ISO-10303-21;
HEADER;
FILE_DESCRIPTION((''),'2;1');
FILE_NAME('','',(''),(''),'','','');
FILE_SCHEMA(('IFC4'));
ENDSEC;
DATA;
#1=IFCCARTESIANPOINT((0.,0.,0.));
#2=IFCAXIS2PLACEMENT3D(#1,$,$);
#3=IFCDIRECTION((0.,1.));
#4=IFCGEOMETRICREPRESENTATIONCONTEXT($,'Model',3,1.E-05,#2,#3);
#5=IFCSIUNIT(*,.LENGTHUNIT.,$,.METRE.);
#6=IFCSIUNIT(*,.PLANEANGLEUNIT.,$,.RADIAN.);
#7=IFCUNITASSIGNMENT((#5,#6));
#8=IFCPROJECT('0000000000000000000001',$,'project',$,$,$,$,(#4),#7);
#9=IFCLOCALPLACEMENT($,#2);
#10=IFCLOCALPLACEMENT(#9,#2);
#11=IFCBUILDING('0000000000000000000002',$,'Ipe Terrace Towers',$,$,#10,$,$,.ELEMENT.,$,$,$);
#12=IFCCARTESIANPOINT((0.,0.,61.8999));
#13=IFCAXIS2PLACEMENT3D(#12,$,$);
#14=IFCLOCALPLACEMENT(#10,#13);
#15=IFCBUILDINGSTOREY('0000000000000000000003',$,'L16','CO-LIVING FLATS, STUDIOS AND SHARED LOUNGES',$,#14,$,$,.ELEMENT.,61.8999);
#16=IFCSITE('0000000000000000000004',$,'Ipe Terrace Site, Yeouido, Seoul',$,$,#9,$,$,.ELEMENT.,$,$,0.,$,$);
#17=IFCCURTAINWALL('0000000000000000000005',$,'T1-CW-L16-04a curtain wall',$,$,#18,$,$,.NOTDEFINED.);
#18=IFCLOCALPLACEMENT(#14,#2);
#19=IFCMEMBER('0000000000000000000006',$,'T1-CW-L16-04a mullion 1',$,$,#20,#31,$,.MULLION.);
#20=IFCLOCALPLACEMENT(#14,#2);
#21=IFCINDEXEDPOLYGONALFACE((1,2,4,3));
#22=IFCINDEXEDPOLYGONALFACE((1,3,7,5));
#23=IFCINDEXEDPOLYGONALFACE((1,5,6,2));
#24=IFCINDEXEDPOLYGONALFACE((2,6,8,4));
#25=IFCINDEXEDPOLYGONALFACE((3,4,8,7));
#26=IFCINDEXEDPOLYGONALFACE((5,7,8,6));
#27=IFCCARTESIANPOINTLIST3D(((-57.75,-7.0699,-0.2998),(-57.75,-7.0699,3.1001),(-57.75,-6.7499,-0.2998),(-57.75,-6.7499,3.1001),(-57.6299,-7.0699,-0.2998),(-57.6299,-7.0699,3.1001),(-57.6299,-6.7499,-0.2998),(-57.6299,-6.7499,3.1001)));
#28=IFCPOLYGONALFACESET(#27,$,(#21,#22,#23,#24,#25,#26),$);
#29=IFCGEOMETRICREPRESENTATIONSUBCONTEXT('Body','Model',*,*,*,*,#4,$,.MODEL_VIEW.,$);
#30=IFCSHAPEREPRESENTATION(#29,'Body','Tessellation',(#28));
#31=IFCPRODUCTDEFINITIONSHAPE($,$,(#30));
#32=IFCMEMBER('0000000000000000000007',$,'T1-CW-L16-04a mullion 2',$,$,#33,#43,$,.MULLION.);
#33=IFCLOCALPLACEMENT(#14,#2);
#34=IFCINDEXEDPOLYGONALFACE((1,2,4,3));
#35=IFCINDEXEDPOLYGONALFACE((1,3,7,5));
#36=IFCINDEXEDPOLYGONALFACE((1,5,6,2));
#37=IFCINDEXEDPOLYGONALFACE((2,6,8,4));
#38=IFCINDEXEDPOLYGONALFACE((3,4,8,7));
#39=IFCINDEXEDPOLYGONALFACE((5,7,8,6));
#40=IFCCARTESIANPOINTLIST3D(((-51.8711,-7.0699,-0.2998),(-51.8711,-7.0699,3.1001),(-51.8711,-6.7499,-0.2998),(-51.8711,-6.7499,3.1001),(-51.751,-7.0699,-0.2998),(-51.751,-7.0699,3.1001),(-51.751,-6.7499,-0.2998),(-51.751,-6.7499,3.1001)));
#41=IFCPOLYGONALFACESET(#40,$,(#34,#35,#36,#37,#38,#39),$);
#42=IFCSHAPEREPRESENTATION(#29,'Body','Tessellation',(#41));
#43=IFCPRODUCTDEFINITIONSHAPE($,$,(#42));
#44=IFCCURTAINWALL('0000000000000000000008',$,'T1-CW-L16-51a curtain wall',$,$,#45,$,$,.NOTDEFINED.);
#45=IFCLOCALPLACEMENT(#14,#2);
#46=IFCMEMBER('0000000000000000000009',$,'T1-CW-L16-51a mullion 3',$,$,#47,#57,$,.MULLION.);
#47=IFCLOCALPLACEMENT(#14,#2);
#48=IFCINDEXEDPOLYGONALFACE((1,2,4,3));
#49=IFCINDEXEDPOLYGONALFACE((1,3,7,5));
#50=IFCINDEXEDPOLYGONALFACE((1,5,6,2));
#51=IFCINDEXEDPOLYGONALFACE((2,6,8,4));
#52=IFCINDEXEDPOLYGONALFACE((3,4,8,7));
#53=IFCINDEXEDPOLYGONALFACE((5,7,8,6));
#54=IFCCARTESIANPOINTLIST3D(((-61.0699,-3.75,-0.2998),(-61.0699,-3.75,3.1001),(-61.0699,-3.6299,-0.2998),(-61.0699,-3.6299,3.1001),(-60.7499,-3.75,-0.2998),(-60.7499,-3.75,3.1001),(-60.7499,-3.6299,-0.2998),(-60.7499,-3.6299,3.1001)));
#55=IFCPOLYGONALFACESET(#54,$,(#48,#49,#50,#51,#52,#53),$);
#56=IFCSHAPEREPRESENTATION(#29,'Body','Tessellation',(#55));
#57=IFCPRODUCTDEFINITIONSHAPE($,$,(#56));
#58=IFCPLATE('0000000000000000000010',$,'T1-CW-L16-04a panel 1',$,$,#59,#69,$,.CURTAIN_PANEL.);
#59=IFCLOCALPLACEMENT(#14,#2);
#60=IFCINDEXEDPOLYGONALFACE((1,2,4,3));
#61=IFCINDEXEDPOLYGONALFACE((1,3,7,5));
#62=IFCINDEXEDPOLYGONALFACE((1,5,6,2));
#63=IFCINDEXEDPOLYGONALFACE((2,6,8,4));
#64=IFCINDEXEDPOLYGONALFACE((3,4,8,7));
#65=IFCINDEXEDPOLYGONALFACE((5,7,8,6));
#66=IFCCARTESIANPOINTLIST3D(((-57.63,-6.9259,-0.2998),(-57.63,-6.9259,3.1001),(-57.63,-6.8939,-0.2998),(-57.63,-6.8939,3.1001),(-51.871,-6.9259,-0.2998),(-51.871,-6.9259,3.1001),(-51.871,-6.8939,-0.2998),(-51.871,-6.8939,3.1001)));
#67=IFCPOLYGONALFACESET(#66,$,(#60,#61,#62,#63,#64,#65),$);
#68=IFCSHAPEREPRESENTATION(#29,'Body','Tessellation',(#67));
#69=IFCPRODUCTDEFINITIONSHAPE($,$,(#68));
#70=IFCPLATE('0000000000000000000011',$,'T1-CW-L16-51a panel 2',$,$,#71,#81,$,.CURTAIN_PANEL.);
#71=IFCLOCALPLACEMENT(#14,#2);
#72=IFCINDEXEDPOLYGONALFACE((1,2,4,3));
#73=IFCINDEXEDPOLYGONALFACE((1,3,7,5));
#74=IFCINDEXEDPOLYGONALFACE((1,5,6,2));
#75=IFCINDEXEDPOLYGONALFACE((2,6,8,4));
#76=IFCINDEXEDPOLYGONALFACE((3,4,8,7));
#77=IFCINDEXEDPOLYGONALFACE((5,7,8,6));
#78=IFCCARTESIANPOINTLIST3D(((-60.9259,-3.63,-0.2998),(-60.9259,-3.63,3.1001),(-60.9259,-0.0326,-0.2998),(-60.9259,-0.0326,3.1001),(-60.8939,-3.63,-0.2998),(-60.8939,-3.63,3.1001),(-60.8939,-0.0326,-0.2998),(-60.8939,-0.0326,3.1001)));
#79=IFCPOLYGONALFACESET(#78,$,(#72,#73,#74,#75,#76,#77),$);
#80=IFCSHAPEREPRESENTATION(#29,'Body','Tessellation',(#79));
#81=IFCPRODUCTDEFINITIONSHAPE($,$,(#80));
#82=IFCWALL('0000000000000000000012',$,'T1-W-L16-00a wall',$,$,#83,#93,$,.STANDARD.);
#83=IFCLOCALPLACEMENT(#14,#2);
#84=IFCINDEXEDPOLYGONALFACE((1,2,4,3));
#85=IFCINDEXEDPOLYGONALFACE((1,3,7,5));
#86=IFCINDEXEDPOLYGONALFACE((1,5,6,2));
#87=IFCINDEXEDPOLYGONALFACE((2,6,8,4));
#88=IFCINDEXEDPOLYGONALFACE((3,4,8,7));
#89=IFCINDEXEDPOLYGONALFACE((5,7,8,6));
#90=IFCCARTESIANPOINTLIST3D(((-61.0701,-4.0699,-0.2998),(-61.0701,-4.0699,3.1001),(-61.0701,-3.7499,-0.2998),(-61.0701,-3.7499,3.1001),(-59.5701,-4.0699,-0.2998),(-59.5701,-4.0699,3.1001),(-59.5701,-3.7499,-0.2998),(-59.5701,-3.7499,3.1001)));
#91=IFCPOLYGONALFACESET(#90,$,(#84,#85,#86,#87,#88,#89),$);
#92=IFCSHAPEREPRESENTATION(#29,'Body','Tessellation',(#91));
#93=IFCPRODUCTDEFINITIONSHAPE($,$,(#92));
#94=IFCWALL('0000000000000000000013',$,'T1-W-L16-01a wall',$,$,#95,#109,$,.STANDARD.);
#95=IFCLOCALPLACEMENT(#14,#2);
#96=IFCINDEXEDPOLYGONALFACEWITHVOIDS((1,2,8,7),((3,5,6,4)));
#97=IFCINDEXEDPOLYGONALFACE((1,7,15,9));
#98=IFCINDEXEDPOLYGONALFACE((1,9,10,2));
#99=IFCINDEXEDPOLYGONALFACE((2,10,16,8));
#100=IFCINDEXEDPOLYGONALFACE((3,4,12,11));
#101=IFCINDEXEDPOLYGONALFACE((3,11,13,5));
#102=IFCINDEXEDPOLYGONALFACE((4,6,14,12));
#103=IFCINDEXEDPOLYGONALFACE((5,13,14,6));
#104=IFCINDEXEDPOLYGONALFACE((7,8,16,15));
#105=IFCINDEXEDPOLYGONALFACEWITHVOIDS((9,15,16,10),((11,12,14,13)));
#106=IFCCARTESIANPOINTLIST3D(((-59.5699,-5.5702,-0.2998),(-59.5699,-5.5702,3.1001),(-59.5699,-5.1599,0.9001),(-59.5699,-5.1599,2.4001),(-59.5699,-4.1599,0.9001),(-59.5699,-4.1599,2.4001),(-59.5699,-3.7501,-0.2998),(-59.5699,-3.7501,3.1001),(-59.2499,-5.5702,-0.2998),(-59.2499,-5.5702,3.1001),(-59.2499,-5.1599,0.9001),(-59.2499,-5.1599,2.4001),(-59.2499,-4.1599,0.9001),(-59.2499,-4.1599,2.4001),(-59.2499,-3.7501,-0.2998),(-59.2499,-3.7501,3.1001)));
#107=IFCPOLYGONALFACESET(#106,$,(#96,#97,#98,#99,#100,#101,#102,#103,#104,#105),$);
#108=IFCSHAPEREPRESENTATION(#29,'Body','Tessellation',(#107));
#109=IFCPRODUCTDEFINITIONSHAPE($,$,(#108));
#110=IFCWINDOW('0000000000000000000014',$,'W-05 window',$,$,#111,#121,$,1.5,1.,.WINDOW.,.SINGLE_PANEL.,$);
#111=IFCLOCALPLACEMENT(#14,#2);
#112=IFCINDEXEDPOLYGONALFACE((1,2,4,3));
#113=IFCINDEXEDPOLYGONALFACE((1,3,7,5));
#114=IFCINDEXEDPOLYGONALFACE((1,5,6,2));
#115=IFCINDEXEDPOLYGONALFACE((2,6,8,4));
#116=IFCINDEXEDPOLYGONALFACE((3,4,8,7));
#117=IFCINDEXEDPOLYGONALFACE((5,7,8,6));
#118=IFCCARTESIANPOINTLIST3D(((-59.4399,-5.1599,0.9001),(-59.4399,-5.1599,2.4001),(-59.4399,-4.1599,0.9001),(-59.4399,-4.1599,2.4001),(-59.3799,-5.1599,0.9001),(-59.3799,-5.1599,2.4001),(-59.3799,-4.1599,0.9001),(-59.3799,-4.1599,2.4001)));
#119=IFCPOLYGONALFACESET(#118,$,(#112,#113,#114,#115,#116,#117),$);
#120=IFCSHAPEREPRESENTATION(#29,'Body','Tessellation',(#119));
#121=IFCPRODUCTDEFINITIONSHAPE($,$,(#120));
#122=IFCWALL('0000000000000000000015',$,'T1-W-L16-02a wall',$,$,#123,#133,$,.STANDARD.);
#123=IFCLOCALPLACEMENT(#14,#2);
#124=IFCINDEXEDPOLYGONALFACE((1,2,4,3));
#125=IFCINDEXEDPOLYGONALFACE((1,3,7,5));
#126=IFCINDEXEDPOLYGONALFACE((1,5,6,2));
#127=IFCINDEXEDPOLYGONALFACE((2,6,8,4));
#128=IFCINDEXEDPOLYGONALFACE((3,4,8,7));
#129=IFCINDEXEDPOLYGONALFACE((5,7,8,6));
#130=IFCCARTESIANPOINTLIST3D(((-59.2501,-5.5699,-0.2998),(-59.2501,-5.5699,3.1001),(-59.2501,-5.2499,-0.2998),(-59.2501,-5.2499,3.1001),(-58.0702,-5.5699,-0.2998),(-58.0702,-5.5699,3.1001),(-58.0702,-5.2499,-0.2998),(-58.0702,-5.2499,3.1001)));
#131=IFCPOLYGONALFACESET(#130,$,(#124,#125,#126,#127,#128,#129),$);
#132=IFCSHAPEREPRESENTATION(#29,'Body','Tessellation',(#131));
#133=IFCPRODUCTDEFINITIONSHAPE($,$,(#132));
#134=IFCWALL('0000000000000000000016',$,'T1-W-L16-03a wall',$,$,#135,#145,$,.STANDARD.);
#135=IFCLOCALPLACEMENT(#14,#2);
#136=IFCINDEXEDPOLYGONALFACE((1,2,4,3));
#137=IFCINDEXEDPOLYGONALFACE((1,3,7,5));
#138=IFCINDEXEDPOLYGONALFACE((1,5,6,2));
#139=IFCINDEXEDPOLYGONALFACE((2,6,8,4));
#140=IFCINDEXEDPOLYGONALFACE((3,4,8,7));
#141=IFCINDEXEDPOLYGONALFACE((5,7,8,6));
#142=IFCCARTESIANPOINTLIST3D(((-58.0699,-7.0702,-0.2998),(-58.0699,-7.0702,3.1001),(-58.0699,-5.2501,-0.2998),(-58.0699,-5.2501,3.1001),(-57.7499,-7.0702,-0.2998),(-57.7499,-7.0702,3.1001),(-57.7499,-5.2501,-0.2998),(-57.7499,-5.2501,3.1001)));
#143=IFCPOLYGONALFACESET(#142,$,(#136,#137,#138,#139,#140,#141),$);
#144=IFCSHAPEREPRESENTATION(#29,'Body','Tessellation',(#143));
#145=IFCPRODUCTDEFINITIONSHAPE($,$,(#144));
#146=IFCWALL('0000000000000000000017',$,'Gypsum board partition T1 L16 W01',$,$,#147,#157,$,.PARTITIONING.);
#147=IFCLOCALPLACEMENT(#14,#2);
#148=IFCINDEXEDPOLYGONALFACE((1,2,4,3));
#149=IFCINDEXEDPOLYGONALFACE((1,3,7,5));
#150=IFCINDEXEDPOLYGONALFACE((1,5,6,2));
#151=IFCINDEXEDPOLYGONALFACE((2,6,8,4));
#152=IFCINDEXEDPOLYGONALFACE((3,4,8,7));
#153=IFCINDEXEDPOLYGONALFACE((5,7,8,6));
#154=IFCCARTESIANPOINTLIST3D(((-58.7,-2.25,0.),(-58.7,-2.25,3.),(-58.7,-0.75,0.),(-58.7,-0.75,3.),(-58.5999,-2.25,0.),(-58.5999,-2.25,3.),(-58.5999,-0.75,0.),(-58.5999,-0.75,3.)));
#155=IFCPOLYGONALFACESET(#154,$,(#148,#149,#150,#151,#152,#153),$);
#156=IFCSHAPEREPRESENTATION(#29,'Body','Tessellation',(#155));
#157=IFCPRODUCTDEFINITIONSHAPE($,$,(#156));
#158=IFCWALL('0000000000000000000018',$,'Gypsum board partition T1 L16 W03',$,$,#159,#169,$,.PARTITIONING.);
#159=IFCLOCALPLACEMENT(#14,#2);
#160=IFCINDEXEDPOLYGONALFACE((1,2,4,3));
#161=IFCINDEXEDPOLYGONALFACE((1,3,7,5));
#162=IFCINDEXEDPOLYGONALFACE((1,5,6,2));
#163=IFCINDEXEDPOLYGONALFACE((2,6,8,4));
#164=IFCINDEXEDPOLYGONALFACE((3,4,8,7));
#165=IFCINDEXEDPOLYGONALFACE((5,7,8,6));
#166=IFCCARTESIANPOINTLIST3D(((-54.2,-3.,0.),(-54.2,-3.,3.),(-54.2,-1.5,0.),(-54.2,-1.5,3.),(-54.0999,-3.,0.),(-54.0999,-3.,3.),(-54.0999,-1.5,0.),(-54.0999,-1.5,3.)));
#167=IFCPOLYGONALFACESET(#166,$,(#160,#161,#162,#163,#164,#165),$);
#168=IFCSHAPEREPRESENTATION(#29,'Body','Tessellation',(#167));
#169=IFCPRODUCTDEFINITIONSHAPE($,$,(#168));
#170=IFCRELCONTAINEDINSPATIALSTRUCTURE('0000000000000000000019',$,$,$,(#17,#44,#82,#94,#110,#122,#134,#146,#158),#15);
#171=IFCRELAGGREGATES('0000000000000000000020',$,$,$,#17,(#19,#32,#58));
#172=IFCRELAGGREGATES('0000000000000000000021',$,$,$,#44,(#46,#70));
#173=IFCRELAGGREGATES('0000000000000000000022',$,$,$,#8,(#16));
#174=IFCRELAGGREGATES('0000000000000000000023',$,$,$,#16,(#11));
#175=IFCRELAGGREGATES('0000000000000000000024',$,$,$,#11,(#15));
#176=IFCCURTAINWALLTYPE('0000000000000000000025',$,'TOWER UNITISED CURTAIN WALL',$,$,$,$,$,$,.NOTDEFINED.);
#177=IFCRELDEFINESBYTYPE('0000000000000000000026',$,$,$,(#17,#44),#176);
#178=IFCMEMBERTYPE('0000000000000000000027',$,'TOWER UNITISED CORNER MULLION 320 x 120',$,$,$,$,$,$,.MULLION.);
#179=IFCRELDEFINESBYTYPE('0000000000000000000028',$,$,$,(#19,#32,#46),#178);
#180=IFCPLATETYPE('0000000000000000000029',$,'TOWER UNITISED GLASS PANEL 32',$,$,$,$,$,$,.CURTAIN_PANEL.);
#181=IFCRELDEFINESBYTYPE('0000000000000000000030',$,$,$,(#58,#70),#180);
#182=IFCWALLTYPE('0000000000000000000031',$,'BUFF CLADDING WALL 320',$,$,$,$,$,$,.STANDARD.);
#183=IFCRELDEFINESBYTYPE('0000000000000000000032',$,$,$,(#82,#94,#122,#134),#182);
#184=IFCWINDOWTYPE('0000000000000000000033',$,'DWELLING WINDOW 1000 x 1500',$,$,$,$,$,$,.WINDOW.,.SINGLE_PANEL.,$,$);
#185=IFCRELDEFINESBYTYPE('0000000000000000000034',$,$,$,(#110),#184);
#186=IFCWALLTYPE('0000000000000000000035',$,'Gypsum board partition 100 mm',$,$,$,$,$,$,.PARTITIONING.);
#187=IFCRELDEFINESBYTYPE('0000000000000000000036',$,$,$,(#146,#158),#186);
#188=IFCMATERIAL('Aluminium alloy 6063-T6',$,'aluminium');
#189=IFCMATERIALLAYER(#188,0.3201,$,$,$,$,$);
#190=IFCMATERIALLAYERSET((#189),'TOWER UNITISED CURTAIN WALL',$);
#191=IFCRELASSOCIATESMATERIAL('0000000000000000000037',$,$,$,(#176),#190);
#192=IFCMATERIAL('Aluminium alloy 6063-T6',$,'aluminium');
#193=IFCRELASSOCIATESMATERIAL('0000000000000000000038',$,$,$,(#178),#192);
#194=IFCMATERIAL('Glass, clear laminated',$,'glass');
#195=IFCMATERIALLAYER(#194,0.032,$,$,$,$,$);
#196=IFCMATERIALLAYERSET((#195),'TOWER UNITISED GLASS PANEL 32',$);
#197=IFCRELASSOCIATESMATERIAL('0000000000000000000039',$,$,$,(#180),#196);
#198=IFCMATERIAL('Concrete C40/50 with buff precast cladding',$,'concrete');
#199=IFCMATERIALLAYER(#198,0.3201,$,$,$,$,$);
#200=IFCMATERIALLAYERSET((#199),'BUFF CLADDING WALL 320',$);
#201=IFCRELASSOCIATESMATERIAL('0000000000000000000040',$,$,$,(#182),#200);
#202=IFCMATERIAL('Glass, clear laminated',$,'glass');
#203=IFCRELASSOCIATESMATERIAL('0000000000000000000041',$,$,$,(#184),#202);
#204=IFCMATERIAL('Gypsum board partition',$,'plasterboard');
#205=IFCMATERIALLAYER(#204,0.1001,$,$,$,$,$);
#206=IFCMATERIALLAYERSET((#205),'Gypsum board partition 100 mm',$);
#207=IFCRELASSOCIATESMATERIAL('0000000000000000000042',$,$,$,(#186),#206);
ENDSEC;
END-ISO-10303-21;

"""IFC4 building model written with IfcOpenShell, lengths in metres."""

from ifc_helpers import new_model, si_unit, direction, frame, frame_2d, origin, origin_2d, place, context, subcontext, project, spatial, rectangle, extrude, material, layer, layer_set, material_profile, profile_set, type_object, element, fill, aggregate, save


model = new_model("IFC4")

# Units and contexts
model_context = context("Model", 3, precision=1e-05, world=origin(), true_north=direction((0.0, 1.0)))
body_context = subcontext(model_context, "Body", "Model", "MODEL_VIEW")
ifc_project = project(units=[si_unit("LENGTHUNIT", "METRE"), si_unit("PLANEANGLEUNIT", "RADIAN")], contexts=[model_context])

# Site, building, storey
site_placement = place(None, origin())
site = spatial("IfcSite", under=ifc_project, at=site_placement, Name="Ipe Terrace Site, Yeouido, Seoul", CompositionType="ELEMENT", RefElevation=0.0)
building_placement = place(site_placement, origin())
building = spatial("IfcBuilding", under=site, at=building_placement, Name="Ipe Terrace Towers", CompositionType="ELEMENT")
storey_placement = place(building_placement, frame((0.0, 0.0, 61.8999)))
storey = spatial("IfcBuildingStorey", under=building, at=storey_placement, Name="L16", Description="CO-LIVING FLATS, STUDIOS AND SHARED LOUNGES", CompositionType="ELEMENT", Elevation=61.8999)

# Curtain wall, members
ifc_material_1 = material(Name="Aluminium alloy 6063-T6", Category="aluminium")
ifc_layer_1 = layer(ifc_material_1, 0.3201)
ifc_layer_set_1 = layer_set([ifc_layer_1], Name="TOWER UNITISED CURTAIN WALL")
curtain_wall_type = type_object("IfcCurtainWallType", Name="TOWER UNITISED CURTAIN WALL", PredefinedType="NOTDEFINED", material=ifc_layer_set_1)
curtain_wall_1_placement = place(storey_placement, origin())
curtain_wall_1 = element("IfcCurtainWall", 1, at=curtain_wall_1_placement, inside=storey, type_object=curtain_wall_type, Name="T1-CW-L16-04a curtain wall", PredefinedType="NOTDEFINED")
ifc_material_2 = material(Name="Aluminium alloy 6063-T6", Category="aluminium")
ifc_material_profile_1 = material_profile(ifc_material_2, rectangle(XDim=0.3201, YDim=0.1201, at=origin_2d()), Name="TOWER UNITISED CORNER MULLION 320 x 120")
ifc_profile_set_1 = profile_set([ifc_material_profile_1], Name="Aluminium alloy 6063-T6")
member_type = type_object("IfcMemberType", Name="TOWER UNITISED CORNER MULLION 320 x 120", PredefinedType="MULLION", material=ifc_profile_set_1)
member_1_placement = place(storey_placement, frame((-57.6899, -6.9099, -0.2998), z_axis=(0.0, 0.0, 1.0), x_axis=(0.0, -1.0, 0.0)))
member_1 = element("IfcMember", 2, at=member_1_placement, type_object=member_type, Name="T1-CW-L16-04a mullion 1", PredefinedType="MULLION", context=body_context, shape_type="SweptSolid", body=[
    extrude(rectangle(XDim=0.3201, YDim=0.1201, at=origin_2d()), origin(), (0.0, 0.0, 1.0), 3.3999),
])
member_2_placement = place(storey_placement, frame((-51.811, -6.9099, -0.2998), z_axis=(0.0, 0.0, 1.0), x_axis=(0.0, -1.0, 0.0)))
member_2 = element("IfcMember", 3, at=member_2_placement, type_object=member_type, Name="T1-CW-L16-04a mullion 2", PredefinedType="MULLION", context=body_context, shape_type="SweptSolid", body=[
    extrude(rectangle(XDim=0.3201, YDim=0.1201, at=origin_2d()), origin(), (0.0, 0.0, 1.0), 3.3999),
])

# Curtain wall, member
curtain_wall_2_placement = place(storey_placement, origin())
curtain_wall_2 = element("IfcCurtainWall", 4, at=curtain_wall_2_placement, inside=storey, type_object=curtain_wall_type, Name="T1-CW-L16-51a curtain wall", PredefinedType="NOTDEFINED")
member_3_placement = place(storey_placement, frame((-60.9099, -3.6899, -0.2998), z_axis=(0.0, 0.0, 1.0), x_axis=(-1.0, 0.0, 0.0)))
member_3 = element("IfcMember", 5, at=member_3_placement, type_object=member_type, Name="T1-CW-L16-51a mullion 3", PredefinedType="MULLION", context=body_context, shape_type="SweptSolid", body=[
    extrude(rectangle(XDim=0.3201, YDim=0.1201, at=origin_2d()), origin(), (0.0, 0.0, 1.0), 3.3999),
])

# Plates
ifc_material_3 = material(Name="Glass, clear laminated", Category="glass")
ifc_layer_2 = layer(ifc_material_3, 0.032)
ifc_layer_set_2 = layer_set([ifc_layer_2], Name="TOWER UNITISED GLASS PANEL 32")
plate_type = type_object("IfcPlateType", Name="TOWER UNITISED GLASS PANEL 32", PredefinedType="CURTAIN_PANEL", material=ifc_layer_set_2)
plate_1_placement = place(storey_placement, frame((-54.7505, -6.9099, -0.2998), z_axis=(0.0, 0.0, 1.0), x_axis=(1.0, 0.0, 0.0)))
plate_1 = element("IfcPlate", 6, at=plate_1_placement, type_object=plate_type, Name="T1-CW-L16-04a panel 1", PredefinedType="CURTAIN_PANEL", context=body_context, shape_type="SweptSolid", body=[
    extrude(rectangle(XDim=5.759, YDim=0.032, at=origin_2d()), origin(), (0.0, 0.0, 1.0), 3.3999),
])
aggregate(curtain_wall_1, [member_1, member_2, plate_1])
plate_2_placement = place(storey_placement, frame((-60.9099, -1.8313, -0.2998), z_axis=(0.0, 0.0, 1.0), x_axis=(0.0, -1.0, 0.0)))
plate_2 = element("IfcPlate", 7, at=plate_2_placement, type_object=plate_type, Name="T1-CW-L16-51a panel 2", PredefinedType="CURTAIN_PANEL", context=body_context, shape_type="SweptSolid", body=[
    extrude(rectangle(XDim=3.5974, YDim=0.032, at=origin_2d()), origin(), (0.0, 0.0, 1.0), 3.3999),
])
aggregate(curtain_wall_2, [member_3, plate_2])

# Wall
ifc_material_4 = material(Name="Concrete C40/50 with buff precast cladding", Category="concrete")
ifc_layer_3 = layer(ifc_material_4, 0.3201)
ifc_layer_set_3 = layer_set([ifc_layer_3], Name="BUFF CLADDING WALL 320")
wall_type_1 = type_object("IfcWallType", Name="BUFF CLADDING WALL 320", PredefinedType="STANDARD", material=ifc_layer_set_3)
wall_1_placement = place(storey_placement, frame((-61.0701, -3.9099, -0.2998), z_axis=(0.0, 0.0, 1.0), x_axis=(1.0, 0.0, 0.0)))
element("IfcWall", 8, at=wall_1_placement, inside=storey, type_object=wall_type_1, Name="T1-W-L16-00a wall", PredefinedType="STANDARD", context=body_context, shape_type="SweptSolid", body=[
    extrude(rectangle(XDim=1.5, YDim=0.3201, at=frame_2d((0.75, 0.0))), origin(), (0.0, 0.0, 1.0), 3.3999),
])

# Wall, opening, window
wall_2_placement = place(storey_placement, frame((-59.4099, -3.75, -0.2998), z_axis=(0.0, 0.0, 1.0), x_axis=(0.0, -1.0, 0.0)))
wall_2 = element("IfcWall", 9, at=wall_2_placement, inside=storey, type_object=wall_type_1, Name="T1-W-L16-01a wall", PredefinedType="STANDARD", context=body_context, shape_type="SweptSolid", body=[
    extrude(rectangle(XDim=1.8201, YDim=0.3201, at=frame_2d((0.9102, 0.0))), origin(), (0.0, 0.0, 1.0), 3.3999),
])
opening_1_placement = place(wall_2_placement, frame((0.4099, 0.0, 1.2)))
opening_1 = element("IfcOpeningElement", 10, at=opening_1_placement, cuts=wall_2, PredefinedType="OPENING", context=body_context, shape_type="SweptSolid", body=[
    extrude(rectangle(XDim=1.0, YDim=1.5, at=frame_2d((0.5, 0.75))), frame((0.0, 0.1699, 0.0), z_axis=(0.0, -1.0, 0.0), x_axis=(1.0, 0.0, 0.0)), (0.0, 0.0, 1.0), 0.3401),
])
ifc_material_5 = material(Name="Glass, clear laminated", Category="glass")
window_type = type_object("IfcWindowType", Name="DWELLING WINDOW 1000 x 1500", PartitioningType="SINGLE_PANEL", PredefinedType="WINDOW", material=ifc_material_5)
window_placement = place(opening_1_placement, origin())
window = element("IfcWindow", 11, at=window_placement, inside=storey, type_object=window_type, Name="W-05 window", OverallHeight=1.5, OverallWidth=1.0, PartitioningType="SINGLE_PANEL", PredefinedType="WINDOW", context=body_context, shape_type="SweptSolid", body=[
    extrude(rectangle(XDim=1.0, YDim=1.5, at=frame_2d((0.5, 0.75))), frame((0.0, 0.03, 0.0), z_axis=(0.0, -1.0, 0.0), x_axis=(1.0, 0.0, 0.0)), (0.0, 0.0, 1.0), 0.0601),
])
fill(opening_1, window)

# Walls
wall_3_placement = place(storey_placement, frame((-59.25, -5.4099, -0.2998), z_axis=(0.0, 0.0, 1.0), x_axis=(1.0, 0.0, 0.0)))
element("IfcWall", 12, at=wall_3_placement, inside=storey, type_object=wall_type_1, Name="T1-W-L16-02a wall", PredefinedType="STANDARD", context=body_context, shape_type="SweptSolid", body=[
    extrude(rectangle(XDim=1.1799, YDim=0.3201, at=frame_2d((0.5898, 0.0))), origin(), (0.0, 0.0, 1.0), 3.3999),
])
wall_4_placement = place(storey_placement, frame((-57.9099, -5.25, -0.2998), z_axis=(0.0, 0.0, 1.0), x_axis=(0.0, -1.0, 0.0)))
element("IfcWall", 13, at=wall_4_placement, inside=storey, type_object=wall_type_1, Name="T1-W-L16-03a wall", PredefinedType="STANDARD", context=body_context, shape_type="SweptSolid", body=[
    extrude(rectangle(XDim=1.8201, YDim=0.3201, at=frame_2d((0.9102, 0.0))), origin(), (0.0, 0.0, 1.0), 3.3999),
])
ifc_material_6 = material(Name="Gypsum board partition", Category="plasterboard")
ifc_layer_4 = layer(ifc_material_6, 0.1001)
ifc_layer_set_4 = layer_set([ifc_layer_4], Name="Gypsum board partition 100 mm")
wall_type_2 = type_object("IfcWallType", Name="Gypsum board partition 100 mm", PredefinedType="PARTITIONING", material=ifc_layer_set_4)
for number, where, z_axis, x_axis, name in (
    (14, (-58.6499, -2.25, 0.0), (0.0, 0.0, 1.0), (0.0, 1.0, 0.0), "Gypsum board partition T1 L16 W01"),
    (15, (-54.1499, -3.0, 0.0), (0.0, 0.0, 1.0), (0.0, 1.0, 0.0), "Gypsum board partition T1 L16 W03"),
):
    element("IfcWall", number, at=place(storey_placement, frame(where, z_axis=z_axis, x_axis=x_axis)), inside=storey, type_object=wall_type_2, Name=name, PredefinedType="PARTITIONING", context=body_context, shape_type="SweptSolid", body=[
        extrude(rectangle(XDim=1.5, YDim=0.1001, at=frame_2d((0.75, 0.0))), origin(), (0.0, 0.0, 1.0), 3.0),
    ])

save(model, "model.ifc")
